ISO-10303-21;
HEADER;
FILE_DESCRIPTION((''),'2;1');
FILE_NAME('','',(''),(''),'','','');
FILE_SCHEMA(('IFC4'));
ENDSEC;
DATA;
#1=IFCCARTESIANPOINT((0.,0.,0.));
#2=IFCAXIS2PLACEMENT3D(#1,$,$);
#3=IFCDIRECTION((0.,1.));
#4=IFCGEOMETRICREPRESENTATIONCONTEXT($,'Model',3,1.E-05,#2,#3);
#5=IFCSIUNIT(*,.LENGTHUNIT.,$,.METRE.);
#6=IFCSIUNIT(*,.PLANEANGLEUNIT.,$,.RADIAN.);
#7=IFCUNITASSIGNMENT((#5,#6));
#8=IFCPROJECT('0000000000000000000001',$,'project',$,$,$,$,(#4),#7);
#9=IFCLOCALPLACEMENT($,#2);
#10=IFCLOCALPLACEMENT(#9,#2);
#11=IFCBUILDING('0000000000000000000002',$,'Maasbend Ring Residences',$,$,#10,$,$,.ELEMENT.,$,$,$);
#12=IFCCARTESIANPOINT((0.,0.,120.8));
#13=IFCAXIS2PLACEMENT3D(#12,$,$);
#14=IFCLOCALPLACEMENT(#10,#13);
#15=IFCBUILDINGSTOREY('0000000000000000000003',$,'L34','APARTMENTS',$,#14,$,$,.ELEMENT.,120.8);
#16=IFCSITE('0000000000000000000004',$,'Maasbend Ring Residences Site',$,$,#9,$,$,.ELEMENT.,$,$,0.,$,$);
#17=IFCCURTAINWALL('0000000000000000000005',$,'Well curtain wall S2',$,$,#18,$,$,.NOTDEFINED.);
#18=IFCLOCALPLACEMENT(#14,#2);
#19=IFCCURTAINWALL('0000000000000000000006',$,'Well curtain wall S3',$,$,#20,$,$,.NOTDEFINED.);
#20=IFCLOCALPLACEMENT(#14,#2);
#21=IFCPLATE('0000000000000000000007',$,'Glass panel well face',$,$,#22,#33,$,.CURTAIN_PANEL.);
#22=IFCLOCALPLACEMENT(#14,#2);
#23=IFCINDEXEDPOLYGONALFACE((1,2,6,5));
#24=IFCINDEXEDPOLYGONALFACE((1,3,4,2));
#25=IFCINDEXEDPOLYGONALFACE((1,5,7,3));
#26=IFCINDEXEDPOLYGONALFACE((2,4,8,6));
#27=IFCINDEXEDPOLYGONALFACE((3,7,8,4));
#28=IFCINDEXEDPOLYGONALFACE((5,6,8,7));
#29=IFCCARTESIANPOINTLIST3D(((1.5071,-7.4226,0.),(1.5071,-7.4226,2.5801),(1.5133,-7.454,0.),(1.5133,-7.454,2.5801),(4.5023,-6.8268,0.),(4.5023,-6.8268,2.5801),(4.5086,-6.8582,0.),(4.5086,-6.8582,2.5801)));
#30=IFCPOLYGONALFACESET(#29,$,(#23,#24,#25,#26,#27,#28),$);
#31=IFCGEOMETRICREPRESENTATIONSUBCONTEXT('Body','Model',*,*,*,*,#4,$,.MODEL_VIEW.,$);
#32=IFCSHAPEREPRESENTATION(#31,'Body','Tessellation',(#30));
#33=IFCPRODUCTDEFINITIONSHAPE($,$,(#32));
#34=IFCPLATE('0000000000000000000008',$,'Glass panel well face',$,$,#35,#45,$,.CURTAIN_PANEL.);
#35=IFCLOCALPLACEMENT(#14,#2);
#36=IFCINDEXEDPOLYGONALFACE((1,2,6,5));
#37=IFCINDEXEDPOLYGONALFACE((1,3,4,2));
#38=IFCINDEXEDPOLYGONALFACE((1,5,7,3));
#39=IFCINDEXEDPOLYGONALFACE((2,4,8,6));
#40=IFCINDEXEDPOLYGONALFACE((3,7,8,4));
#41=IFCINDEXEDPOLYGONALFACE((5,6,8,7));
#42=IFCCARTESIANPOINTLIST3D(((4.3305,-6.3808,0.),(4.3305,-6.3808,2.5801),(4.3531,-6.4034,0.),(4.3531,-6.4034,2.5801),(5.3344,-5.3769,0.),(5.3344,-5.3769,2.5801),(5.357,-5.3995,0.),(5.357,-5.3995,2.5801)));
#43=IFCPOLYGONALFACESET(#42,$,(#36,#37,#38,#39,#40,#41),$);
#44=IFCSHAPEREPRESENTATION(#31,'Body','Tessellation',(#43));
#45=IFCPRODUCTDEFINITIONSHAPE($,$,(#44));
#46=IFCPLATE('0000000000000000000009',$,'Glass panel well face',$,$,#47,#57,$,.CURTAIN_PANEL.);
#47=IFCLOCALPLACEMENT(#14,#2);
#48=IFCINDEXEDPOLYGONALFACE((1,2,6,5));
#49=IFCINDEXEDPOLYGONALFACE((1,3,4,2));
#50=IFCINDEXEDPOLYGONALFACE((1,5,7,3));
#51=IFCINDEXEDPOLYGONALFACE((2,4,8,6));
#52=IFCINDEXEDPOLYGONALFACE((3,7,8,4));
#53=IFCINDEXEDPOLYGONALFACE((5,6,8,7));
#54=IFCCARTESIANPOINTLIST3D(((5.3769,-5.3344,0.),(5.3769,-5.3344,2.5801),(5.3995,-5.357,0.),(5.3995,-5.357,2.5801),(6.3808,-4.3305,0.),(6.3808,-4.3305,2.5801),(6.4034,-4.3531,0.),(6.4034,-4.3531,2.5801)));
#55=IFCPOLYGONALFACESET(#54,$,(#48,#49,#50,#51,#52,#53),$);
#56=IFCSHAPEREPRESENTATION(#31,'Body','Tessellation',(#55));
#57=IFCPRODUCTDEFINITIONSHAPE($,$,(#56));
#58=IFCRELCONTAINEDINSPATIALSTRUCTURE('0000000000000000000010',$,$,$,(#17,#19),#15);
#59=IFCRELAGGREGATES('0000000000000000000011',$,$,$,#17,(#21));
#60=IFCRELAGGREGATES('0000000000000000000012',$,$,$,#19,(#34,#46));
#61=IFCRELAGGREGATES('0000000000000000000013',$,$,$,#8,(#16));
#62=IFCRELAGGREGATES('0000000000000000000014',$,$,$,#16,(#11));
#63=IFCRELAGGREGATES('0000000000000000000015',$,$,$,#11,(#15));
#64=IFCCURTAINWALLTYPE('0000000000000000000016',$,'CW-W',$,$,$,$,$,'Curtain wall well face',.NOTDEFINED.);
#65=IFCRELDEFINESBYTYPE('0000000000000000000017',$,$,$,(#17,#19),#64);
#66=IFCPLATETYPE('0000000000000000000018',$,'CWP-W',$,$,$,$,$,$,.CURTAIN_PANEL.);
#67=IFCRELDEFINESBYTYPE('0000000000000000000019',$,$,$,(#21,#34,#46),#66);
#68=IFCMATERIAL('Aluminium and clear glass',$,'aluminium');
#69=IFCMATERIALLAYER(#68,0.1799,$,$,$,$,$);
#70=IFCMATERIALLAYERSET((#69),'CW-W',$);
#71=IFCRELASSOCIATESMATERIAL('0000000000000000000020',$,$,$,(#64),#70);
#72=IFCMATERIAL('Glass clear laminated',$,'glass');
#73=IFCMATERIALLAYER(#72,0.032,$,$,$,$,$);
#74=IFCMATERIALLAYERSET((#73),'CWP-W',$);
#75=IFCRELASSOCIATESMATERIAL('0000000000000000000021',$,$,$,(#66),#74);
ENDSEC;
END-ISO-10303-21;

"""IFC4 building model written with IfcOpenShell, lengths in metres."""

from ifc_helpers import new_model, si_unit, direction, frame, origin, origin_2d, place, context, subcontext, project, spatial, rectangle, extrude, material, layer, layer_set, type_object, element, aggregate, save


model = new_model("IFC4")

# Units and contexts
model_context = context("Model", 3, precision=1e-05, world=origin(), true_north=direction((0.0, 1.0)))
body_context = subcontext(model_context, "Body", "Model", "MODEL_VIEW")
ifc_project = project(units=[si_unit("LENGTHUNIT", "METRE"), si_unit("PLANEANGLEUNIT", "RADIAN")], contexts=[model_context])

# Site, building, storey
site_placement = place(None, origin())
site = spatial("IfcSite", under=ifc_project, at=site_placement, Name="Maasbend Ring Residences Site", CompositionType="ELEMENT", RefElevation=0.0)
building_placement = place(site_placement, origin())
building = spatial("IfcBuilding", under=site, at=building_placement, Name="Maasbend Ring Residences", CompositionType="ELEMENT")
storey_placement = place(building_placement, frame((0.0, 0.0, 120.8)))
storey = spatial("IfcBuildingStorey", under=building, at=storey_placement, Name="L34", Description="APARTMENTS", CompositionType="ELEMENT", Elevation=120.8)

# Curtain walls
ifc_material_1 = material(Name="Aluminium and clear glass", Category="aluminium")
ifc_layer_1 = layer(ifc_material_1, 0.1799)
ifc_layer_set_1 = layer_set([ifc_layer_1], Name="CW-W")
curtain_wall_type = type_object("IfcCurtainWallType", Name="CW-W", ElementType="Curtain wall well face", PredefinedType="NOTDEFINED", material=ifc_layer_set_1)
curtain_wall_1_placement = place(storey_placement, origin())
curtain_wall_1 = element("IfcCurtainWall", 1, at=curtain_wall_1_placement, inside=storey, type_object=curtain_wall_type, Name="Well curtain wall S2", PredefinedType="NOTDEFINED")
curtain_wall_2_placement = place(storey_placement, origin())
curtain_wall_2 = element("IfcCurtainWall", 2, at=curtain_wall_2_placement, inside=storey, type_object=curtain_wall_type, Name="Well curtain wall S3", PredefinedType="NOTDEFINED")

# Plates
ifc_material_2 = material(Name="Glass clear laminated", Category="glass")
ifc_layer_2 = layer(ifc_material_2, 0.032)
ifc_layer_set_2 = layer_set([ifc_layer_2], Name="CWP-W")
plate_type = type_object("IfcPlateType", Name="CWP-W", PredefinedType="CURTAIN_PANEL", material=ifc_layer_set_2)
plate_1_placement = place(storey_placement, frame((3.0078, -7.1404, 0.0), z_axis=(0.0, 0.0, 1.0), x_axis=(0.980785, 0.19509, 0.0)))
plate_1 = element("IfcPlate", 3, at=plate_1_placement, type_object=plate_type, Name="Glass panel well face", PredefinedType="CURTAIN_PANEL", context=body_context, shape_type="SweptSolid", body=[
    extrude(rectangle(XDim=3.054, YDim=0.032, at=origin_2d()), origin(), (0.0, 0.0, 1.0), 2.5801),
])
aggregate(curtain_wall_1, [plate_1])
plate_2_placement = place(storey_placement, frame((4.8438, -5.8901, 0.0), z_axis=(0.0, 0.0, 1.0), x_axis=(0.707107, 0.707107, 0.0)))
plate_2 = element("IfcPlate", 4, at=plate_2_placement, type_object=plate_type, Name="Glass panel well face", PredefinedType="CURTAIN_PANEL", context=body_context, shape_type="SweptSolid", body=[
    extrude(rectangle(XDim=1.4197, YDim=0.032, at=origin_2d()), origin(), (0.0, 0.0, 1.0), 2.5801),
])
plate_3_placement = place(storey_placement, frame((5.8901, -4.8438, 0.0), z_axis=(0.0, 0.0, 1.0), x_axis=(0.707107, 0.707107, 0.0)))
plate_3 = element("IfcPlate", 5, at=plate_3_placement, type_object=plate_type, Name="Glass panel well face", PredefinedType="CURTAIN_PANEL", context=body_context, shape_type="SweptSolid", body=[
    extrude(rectangle(XDim=1.4197, YDim=0.032, at=origin_2d()), origin(), (0.0, 0.0, 1.0), 2.5801),
])
aggregate(curtain_wall_2, [plate_2, plate_3])

save(model, "model.ifc")
